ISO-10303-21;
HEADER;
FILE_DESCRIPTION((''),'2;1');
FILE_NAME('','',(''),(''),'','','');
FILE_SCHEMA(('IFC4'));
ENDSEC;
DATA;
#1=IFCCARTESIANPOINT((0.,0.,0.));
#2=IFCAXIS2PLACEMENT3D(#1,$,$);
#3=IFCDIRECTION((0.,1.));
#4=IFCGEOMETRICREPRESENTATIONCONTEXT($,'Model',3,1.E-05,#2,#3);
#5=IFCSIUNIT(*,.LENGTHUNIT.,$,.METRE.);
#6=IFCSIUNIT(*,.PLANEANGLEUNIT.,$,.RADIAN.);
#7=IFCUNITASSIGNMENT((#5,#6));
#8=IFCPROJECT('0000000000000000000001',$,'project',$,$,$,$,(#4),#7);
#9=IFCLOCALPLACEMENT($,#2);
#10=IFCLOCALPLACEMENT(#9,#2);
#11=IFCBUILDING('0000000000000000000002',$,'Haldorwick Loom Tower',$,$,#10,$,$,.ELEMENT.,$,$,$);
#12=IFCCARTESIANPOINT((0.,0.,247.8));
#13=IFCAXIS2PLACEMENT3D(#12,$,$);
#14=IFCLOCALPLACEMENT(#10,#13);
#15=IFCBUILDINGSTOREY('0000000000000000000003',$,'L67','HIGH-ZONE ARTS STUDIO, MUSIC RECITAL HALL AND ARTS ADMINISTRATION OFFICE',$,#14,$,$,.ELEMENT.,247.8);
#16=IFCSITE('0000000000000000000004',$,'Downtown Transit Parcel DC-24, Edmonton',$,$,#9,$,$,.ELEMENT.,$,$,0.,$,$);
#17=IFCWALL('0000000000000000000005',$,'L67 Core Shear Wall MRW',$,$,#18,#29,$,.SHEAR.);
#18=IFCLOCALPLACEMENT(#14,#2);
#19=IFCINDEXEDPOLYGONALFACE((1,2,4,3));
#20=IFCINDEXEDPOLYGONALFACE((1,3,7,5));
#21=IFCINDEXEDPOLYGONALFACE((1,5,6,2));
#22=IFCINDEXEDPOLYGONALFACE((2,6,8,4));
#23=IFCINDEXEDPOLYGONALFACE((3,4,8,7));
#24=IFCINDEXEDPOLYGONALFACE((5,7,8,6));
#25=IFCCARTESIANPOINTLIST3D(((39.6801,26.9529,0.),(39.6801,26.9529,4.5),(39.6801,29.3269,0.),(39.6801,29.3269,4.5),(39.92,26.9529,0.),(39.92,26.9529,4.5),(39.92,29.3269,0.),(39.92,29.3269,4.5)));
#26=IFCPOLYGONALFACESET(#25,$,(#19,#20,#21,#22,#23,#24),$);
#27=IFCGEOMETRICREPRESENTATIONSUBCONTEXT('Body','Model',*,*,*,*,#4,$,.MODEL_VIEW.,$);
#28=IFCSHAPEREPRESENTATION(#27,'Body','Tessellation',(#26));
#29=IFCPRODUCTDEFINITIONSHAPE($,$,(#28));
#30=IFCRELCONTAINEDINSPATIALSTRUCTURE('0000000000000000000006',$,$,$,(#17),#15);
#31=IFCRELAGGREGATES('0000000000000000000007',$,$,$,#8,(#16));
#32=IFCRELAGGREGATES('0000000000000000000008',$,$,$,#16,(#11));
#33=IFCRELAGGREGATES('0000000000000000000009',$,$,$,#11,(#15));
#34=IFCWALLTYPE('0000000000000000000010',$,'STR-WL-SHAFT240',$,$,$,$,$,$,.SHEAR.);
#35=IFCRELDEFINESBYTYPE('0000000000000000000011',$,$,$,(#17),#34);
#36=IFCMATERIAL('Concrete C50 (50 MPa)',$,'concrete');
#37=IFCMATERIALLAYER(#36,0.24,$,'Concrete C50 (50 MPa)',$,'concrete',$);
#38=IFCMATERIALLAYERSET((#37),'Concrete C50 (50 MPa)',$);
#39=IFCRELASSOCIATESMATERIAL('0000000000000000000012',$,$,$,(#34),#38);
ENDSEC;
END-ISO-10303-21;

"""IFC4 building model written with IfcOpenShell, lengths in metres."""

from ifc_helpers import new_model, si_unit, direction, frame, frame_2d, origin, place, context, subcontext, project, spatial, rectangle, extrude, material, layer, layer_set, type_object, element, save


model = new_model("IFC4")

# Units and contexts
model_context = context("Model", 3, precision=1e-05, world=origin(), true_north=direction((0.0, 1.0)))
body_context = subcontext(model_context, "Body", "Model", "MODEL_VIEW")
ifc_project = project(units=[si_unit("LENGTHUNIT", "METRE"), si_unit("PLANEANGLEUNIT", "RADIAN")], contexts=[model_context])

# Site, building, storey
site_placement = place(None, origin())
site = spatial("IfcSite", under=ifc_project, at=site_placement, Name="Downtown Transit Parcel DC-24, Edmonton", CompositionType="ELEMENT", RefElevation=0.0)
building_placement = place(site_placement, origin())
building = spatial("IfcBuilding", under=site, at=building_placement, Name="Haldorwick Loom Tower", CompositionType="ELEMENT")
storey_placement = place(building_placement, frame((0.0, 0.0, 247.8)))
storey = spatial("IfcBuildingStorey", under=building, at=storey_placement, Name="L67", Description="HIGH-ZONE ARTS STUDIO, MUSIC RECITAL HALL AND ARTS ADMINISTRATION OFFICE", CompositionType="ELEMENT", Elevation=247.8)

# Shared definitions
ifc_material_1 = material(Name="Concrete C50 (50 MPa)", Category="concrete")

# Shared definitions
ifc_layer_1 = layer(ifc_material_1, 0.24, Name="Concrete C50 (50 MPa)", Category="concrete")
ifc_layer_set_1 = layer_set([ifc_layer_1], Name="Concrete C50 (50 MPa)")
wall_type_1 = type_object("IfcWallType", Name="STR-WL-SHAFT240", PredefinedType="SHEAR", material=ifc_layer_set_1)

# Wall
wall_1_placement = place(storey_placement, frame((39.8, 26.9529, 0.0), z_axis=(0.0, 0.0, 1.0), x_axis=(0.0, 1.0, 0.0)))
element("IfcWall", 1, at=wall_1_placement, inside=storey, type_object=wall_type_1, Name="L67 Core Shear Wall MRW", PredefinedType="SHEAR", context=body_context, shape_type="SweptSolid", body=[
    extrude(rectangle(XDim=2.374, YDim=0.24, at=frame_2d((1.187, 0.0))), origin(), (0.0, 0.0, 1.0), 4.5),
])

save(model, "model.ifc")
